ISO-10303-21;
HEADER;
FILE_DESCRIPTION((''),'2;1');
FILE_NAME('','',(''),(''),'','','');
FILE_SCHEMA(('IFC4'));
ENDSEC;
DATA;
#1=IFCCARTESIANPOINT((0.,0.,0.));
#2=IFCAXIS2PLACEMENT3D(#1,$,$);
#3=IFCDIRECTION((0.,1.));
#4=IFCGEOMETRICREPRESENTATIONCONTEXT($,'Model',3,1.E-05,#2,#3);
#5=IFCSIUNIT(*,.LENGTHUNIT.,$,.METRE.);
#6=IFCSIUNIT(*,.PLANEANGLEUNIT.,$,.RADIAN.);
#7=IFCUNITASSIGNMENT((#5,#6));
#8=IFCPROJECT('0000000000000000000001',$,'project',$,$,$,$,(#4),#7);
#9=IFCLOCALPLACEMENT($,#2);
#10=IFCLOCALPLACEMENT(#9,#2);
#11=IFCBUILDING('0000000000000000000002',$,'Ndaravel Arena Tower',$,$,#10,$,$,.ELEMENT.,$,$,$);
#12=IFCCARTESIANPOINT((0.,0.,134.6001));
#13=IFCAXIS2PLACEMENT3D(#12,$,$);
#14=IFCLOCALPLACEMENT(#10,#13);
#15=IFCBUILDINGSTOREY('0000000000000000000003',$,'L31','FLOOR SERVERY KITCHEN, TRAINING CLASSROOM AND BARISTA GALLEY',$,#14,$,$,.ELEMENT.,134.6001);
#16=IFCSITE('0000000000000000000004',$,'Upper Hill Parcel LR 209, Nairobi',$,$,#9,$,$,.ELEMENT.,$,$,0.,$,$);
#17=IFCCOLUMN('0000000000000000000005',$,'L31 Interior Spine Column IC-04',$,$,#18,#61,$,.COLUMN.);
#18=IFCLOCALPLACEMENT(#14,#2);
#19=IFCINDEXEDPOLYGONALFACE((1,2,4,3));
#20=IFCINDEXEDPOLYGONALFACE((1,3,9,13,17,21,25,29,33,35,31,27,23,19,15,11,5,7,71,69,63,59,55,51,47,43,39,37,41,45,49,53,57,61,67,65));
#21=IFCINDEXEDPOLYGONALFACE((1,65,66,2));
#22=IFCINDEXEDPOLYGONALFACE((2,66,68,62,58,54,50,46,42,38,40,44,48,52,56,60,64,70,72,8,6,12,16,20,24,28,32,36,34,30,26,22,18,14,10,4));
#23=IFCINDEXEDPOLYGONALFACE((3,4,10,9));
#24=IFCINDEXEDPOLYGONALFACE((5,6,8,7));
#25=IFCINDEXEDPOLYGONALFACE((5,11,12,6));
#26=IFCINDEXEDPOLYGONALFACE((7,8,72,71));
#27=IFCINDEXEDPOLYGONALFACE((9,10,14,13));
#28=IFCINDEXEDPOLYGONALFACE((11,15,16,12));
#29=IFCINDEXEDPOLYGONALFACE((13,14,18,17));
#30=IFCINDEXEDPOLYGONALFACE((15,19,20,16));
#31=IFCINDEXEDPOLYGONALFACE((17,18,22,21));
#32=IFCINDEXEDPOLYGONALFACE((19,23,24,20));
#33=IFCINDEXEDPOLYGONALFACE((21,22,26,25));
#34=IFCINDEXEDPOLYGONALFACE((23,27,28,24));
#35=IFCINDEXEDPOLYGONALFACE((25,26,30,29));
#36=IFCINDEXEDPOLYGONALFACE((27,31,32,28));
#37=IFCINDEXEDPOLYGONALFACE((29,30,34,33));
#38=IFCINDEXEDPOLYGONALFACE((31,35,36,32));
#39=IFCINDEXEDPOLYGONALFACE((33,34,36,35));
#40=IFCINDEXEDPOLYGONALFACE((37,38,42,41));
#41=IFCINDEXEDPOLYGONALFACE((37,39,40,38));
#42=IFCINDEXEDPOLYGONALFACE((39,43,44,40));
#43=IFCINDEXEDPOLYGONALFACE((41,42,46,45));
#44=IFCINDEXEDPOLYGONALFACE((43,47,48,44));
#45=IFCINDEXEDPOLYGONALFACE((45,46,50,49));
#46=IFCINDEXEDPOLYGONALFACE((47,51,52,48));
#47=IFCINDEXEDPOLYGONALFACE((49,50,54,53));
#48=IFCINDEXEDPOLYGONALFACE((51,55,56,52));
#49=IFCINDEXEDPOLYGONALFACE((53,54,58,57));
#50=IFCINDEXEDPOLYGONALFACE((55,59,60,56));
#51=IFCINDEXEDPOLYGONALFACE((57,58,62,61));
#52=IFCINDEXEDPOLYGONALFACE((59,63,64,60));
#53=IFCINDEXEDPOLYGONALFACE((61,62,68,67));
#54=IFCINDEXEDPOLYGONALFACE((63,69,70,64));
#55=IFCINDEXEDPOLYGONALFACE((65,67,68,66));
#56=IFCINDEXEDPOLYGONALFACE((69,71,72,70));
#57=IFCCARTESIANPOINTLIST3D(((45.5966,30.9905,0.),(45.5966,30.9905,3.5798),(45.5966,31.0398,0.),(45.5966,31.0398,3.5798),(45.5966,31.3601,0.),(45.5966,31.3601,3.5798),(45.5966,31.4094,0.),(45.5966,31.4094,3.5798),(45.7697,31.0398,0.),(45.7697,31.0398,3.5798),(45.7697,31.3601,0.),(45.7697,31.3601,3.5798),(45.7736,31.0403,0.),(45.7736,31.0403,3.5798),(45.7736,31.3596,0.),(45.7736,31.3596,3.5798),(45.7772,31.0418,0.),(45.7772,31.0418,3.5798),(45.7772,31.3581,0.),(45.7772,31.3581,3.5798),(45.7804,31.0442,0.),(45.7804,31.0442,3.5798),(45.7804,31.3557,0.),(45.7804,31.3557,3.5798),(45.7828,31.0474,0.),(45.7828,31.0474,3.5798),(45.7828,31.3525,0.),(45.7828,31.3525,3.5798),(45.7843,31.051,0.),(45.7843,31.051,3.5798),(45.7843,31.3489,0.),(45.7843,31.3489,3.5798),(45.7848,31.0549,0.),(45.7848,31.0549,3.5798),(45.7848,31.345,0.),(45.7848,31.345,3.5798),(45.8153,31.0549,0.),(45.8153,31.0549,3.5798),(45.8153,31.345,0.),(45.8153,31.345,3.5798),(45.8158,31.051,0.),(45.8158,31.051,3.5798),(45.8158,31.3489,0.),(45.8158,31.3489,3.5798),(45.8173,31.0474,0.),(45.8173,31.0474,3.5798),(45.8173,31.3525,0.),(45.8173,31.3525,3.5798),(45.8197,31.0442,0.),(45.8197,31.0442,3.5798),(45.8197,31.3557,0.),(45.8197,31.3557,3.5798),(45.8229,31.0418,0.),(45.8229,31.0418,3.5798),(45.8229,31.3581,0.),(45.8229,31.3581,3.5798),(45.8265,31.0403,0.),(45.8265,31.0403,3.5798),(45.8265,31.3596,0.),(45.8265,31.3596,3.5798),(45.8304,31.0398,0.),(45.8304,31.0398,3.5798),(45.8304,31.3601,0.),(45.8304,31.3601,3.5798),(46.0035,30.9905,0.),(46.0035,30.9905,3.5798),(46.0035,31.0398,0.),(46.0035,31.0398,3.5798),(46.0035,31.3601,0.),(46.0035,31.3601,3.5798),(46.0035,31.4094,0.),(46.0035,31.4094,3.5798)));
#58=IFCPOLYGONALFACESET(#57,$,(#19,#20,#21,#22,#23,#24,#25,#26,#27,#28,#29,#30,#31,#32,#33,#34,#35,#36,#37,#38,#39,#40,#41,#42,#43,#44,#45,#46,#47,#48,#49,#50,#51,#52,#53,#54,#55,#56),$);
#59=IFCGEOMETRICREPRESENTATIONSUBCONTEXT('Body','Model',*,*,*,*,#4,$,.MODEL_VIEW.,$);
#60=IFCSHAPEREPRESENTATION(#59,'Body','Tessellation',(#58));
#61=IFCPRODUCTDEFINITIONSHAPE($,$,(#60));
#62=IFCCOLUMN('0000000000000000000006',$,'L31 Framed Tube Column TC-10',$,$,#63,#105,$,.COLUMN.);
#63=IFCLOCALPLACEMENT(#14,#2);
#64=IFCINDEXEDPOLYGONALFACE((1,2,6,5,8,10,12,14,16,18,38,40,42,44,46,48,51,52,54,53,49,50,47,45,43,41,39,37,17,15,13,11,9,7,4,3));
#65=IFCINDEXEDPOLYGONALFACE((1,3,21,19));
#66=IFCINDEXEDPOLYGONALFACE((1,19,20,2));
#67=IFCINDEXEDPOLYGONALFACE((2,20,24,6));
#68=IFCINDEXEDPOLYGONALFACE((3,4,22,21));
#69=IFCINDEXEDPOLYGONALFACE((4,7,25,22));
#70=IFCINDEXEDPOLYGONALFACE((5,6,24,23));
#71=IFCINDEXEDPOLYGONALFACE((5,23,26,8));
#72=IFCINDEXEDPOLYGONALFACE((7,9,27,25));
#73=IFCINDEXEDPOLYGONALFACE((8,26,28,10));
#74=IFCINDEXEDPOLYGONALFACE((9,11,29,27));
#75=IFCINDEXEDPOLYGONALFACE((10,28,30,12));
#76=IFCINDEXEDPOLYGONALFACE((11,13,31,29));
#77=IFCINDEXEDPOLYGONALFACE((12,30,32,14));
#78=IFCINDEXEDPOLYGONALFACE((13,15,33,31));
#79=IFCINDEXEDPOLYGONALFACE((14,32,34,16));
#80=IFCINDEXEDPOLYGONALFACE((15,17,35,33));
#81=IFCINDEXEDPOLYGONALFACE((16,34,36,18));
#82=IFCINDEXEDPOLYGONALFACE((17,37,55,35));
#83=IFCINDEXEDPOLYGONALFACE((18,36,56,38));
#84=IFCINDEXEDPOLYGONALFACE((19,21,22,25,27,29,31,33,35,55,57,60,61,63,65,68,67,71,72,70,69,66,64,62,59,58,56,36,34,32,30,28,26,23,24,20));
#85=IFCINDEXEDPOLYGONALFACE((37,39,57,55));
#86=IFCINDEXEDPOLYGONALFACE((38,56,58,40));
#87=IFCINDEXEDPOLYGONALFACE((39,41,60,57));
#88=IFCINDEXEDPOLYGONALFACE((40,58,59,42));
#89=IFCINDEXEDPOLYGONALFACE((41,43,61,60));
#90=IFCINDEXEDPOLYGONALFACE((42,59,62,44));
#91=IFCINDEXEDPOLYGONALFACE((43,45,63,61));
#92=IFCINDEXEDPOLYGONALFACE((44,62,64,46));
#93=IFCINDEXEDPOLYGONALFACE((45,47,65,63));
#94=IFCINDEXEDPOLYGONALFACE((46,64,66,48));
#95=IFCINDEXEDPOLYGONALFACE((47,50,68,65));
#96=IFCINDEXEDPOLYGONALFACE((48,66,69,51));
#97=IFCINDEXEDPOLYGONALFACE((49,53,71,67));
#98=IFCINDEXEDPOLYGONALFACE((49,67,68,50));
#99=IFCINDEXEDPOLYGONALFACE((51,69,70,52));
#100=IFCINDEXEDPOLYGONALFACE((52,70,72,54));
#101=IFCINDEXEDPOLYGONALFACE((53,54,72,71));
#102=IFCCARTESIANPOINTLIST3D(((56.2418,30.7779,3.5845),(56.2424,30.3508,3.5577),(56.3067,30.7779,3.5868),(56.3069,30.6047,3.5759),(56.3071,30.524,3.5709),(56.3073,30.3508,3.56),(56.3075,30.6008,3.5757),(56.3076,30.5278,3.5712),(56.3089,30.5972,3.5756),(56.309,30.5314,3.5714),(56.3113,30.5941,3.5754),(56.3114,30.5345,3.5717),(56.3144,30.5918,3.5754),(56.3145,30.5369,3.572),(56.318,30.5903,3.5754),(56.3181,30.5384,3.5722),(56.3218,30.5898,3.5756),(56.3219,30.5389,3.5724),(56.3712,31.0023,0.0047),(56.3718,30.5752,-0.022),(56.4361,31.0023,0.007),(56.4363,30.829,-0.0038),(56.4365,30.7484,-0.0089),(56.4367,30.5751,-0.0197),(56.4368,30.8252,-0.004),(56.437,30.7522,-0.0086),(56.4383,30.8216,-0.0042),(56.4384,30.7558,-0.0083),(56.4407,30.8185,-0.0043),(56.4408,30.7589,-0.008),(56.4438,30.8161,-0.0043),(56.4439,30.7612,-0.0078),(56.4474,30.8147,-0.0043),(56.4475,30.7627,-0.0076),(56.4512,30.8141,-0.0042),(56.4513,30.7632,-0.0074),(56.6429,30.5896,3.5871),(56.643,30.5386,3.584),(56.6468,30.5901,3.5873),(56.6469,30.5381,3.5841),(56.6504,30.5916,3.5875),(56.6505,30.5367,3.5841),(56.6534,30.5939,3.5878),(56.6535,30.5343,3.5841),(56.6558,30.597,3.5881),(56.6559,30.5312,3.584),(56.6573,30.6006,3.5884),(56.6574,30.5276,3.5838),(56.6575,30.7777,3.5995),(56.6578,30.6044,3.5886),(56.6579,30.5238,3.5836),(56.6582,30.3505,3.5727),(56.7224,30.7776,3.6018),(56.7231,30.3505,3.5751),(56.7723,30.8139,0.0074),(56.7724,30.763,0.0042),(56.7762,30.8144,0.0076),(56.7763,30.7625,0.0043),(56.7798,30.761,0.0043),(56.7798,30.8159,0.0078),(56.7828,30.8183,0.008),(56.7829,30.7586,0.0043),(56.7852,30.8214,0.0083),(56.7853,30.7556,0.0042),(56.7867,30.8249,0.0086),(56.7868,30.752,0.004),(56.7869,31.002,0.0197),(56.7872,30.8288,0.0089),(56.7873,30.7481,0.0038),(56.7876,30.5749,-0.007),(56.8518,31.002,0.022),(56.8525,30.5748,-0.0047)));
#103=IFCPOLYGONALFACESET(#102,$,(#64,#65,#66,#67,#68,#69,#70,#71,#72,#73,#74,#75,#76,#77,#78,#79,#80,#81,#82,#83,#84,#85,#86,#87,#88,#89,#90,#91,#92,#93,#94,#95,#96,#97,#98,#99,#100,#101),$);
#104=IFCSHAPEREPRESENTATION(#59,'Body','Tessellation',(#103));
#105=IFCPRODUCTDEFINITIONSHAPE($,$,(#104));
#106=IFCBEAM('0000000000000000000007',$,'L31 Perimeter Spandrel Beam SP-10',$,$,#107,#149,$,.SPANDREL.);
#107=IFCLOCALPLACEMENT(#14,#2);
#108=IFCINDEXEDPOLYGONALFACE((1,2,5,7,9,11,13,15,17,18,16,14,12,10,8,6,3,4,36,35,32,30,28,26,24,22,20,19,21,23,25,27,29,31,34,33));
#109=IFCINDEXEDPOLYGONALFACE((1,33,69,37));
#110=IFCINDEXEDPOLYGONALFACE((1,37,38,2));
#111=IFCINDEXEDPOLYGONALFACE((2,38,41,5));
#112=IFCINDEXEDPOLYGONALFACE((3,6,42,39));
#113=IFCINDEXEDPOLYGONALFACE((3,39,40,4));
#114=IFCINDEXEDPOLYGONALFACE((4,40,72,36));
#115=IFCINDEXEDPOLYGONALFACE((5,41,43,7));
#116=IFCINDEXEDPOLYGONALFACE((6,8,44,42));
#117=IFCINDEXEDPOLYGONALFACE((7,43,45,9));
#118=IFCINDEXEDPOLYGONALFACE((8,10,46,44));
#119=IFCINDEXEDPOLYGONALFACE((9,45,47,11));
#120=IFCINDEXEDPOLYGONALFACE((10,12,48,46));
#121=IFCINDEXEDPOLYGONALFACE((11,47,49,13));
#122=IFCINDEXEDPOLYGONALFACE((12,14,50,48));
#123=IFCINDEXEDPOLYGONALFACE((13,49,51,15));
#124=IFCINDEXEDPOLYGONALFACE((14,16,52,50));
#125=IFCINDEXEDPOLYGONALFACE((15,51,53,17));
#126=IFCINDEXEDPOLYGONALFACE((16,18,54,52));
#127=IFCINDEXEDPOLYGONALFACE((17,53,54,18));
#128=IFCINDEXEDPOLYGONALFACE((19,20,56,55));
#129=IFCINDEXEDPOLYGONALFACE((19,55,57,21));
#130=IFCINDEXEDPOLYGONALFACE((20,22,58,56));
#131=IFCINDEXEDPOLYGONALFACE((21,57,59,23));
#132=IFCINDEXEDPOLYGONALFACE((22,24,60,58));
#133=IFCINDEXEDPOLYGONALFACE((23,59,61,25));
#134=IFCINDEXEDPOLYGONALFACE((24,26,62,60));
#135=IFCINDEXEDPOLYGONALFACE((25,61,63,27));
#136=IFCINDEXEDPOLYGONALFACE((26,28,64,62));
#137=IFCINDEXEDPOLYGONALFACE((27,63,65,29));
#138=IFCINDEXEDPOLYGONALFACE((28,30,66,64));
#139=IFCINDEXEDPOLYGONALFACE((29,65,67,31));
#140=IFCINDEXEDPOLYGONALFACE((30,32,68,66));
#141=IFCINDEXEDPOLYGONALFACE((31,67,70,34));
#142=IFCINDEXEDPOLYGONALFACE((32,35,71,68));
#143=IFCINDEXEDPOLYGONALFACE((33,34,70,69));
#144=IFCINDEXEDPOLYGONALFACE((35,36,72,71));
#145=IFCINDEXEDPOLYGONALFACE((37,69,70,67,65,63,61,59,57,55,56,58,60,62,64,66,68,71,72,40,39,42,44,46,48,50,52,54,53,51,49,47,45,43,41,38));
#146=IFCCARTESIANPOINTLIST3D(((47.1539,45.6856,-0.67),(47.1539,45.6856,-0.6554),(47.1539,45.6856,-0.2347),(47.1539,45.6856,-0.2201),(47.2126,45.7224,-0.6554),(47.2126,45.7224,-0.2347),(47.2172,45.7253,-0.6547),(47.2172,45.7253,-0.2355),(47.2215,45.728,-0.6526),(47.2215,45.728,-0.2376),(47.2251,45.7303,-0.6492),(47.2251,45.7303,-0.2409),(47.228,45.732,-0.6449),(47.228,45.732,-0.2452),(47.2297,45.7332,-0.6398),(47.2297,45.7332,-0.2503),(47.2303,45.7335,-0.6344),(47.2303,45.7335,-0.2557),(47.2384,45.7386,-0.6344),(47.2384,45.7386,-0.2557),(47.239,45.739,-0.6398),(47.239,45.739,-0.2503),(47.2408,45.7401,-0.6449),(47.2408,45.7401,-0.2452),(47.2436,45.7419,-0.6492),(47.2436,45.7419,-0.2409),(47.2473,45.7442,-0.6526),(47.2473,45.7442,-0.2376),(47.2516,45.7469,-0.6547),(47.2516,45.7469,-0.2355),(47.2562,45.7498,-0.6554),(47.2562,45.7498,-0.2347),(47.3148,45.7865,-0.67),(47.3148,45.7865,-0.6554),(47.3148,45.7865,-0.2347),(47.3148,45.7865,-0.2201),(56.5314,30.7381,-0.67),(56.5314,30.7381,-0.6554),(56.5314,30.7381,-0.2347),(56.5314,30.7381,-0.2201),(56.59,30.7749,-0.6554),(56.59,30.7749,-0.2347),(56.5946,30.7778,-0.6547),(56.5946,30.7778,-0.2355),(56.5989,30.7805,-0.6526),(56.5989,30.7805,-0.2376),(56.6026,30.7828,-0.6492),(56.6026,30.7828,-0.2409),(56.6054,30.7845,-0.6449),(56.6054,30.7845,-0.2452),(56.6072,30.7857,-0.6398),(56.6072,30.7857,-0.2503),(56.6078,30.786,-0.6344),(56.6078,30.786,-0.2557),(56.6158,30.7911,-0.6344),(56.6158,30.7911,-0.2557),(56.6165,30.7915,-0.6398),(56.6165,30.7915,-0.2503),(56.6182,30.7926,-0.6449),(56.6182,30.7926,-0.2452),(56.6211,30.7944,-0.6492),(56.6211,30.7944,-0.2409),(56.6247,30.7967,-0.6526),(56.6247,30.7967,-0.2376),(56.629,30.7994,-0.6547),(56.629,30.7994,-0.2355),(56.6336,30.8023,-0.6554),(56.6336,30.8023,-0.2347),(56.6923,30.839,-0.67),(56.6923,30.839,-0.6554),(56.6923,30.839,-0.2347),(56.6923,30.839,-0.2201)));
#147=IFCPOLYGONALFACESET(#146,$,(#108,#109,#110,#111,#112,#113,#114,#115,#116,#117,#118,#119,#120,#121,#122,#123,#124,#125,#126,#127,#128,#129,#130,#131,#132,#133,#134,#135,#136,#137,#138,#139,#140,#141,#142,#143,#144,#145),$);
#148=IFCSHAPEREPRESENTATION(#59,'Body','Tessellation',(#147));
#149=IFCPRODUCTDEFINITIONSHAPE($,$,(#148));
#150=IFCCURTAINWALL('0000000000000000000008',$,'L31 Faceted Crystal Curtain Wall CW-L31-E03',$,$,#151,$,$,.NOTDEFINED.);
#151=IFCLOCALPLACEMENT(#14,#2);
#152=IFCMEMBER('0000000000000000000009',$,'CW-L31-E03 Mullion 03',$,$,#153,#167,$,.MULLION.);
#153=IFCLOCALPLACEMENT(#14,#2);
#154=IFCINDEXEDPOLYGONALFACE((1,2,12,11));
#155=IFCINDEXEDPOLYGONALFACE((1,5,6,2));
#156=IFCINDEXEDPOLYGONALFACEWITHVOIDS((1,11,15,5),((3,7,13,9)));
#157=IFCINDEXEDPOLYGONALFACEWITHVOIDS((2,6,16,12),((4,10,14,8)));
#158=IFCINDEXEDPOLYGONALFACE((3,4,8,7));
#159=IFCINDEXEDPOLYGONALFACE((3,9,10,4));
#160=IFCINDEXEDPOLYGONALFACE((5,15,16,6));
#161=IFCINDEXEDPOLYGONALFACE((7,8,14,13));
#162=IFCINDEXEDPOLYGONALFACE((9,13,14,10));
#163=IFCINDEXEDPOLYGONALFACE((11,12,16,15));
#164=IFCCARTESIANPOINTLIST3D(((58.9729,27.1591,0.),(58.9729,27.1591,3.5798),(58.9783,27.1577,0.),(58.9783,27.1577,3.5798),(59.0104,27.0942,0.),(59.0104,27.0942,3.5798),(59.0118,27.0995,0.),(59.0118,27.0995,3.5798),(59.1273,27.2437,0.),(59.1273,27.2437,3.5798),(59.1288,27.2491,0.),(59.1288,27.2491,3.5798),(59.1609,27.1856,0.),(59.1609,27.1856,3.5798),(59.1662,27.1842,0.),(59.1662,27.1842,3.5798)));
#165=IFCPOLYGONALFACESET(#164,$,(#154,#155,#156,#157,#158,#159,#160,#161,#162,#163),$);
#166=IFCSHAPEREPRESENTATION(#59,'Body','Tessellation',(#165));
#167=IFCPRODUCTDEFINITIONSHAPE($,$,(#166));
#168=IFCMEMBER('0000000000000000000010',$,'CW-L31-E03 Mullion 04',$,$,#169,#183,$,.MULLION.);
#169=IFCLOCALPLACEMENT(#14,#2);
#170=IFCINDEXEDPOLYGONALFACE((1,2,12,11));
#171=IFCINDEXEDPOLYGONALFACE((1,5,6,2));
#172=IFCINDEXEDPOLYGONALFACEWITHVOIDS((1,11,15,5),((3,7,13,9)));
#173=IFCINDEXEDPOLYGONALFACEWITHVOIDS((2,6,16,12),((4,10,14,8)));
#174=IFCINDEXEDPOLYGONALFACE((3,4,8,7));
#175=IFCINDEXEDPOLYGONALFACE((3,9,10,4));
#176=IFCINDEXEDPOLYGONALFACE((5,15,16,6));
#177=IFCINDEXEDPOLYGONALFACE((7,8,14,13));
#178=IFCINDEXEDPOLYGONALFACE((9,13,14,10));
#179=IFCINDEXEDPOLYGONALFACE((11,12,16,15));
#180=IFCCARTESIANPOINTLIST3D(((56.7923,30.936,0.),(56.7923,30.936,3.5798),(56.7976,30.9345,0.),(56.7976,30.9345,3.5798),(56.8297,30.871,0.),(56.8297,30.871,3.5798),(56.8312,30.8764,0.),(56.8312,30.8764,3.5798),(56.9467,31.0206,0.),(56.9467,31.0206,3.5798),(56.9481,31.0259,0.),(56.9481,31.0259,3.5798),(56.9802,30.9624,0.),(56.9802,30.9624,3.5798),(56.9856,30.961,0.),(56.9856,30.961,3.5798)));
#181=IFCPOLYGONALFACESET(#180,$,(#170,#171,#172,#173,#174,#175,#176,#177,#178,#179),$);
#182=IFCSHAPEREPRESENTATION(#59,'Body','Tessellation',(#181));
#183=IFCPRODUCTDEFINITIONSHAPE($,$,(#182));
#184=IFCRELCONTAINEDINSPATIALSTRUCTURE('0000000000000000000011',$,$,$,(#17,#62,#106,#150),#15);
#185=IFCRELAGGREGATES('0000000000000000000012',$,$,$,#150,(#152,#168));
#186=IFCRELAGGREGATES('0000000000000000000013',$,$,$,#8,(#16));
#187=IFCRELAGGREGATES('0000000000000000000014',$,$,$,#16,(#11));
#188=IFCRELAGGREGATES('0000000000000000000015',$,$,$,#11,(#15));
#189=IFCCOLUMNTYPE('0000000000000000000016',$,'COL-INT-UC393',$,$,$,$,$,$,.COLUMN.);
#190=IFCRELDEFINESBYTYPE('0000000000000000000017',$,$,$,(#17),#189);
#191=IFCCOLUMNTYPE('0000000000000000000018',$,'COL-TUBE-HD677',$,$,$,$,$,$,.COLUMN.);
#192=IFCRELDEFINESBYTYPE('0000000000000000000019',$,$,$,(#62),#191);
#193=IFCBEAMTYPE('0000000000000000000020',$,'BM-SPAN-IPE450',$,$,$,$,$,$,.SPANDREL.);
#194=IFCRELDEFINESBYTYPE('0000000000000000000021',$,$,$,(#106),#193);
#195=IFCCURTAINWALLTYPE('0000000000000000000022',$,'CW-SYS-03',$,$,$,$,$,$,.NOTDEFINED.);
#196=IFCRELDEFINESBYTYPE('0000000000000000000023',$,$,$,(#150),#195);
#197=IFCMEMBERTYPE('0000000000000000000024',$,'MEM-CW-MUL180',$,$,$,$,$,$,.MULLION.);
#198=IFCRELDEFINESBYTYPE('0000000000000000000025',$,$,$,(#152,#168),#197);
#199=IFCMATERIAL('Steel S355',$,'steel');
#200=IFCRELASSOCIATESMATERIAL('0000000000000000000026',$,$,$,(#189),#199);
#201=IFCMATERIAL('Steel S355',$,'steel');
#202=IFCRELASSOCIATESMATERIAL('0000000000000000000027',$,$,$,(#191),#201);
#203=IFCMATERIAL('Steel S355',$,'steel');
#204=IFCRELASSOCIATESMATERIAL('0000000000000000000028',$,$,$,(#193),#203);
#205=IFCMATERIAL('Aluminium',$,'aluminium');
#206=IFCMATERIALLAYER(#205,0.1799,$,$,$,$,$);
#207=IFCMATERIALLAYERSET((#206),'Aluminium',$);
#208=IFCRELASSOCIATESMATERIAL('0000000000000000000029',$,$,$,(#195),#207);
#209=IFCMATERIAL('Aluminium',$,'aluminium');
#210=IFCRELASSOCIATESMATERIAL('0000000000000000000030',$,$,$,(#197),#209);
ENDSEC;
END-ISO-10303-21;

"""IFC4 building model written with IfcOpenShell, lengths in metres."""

from ifc_helpers import new_model, si_unit, direction, frame, origin, origin_2d, place, context, subcontext, project, spatial, hollow_rectangle, i_section, extrude, material, layer, layer_set, material_profile, profile_set, type_object, element, aggregate, save


model = new_model("IFC4")

# Units and contexts
model_context = context("Model", 3, precision=1e-05, world=origin(), true_north=direction((0.0, 1.0)))
body_context = subcontext(model_context, "Body", "Model", "MODEL_VIEW")
ifc_project = project(units=[si_unit("LENGTHUNIT", "METRE"), si_unit("PLANEANGLEUNIT", "RADIAN")], contexts=[model_context])

# Site, building, storey
site_placement = place(None, origin())
site = spatial("IfcSite", under=ifc_project, at=site_placement, Name="Upper Hill Parcel LR 209, Nairobi", CompositionType="ELEMENT", RefElevation=0.0)
building_placement = place(site_placement, origin())
building = spatial("IfcBuilding", under=site, at=building_placement, Name="Ndaravel Arena Tower", CompositionType="ELEMENT")
storey_placement = place(building_placement, frame((0.0, 0.0, 134.6001)))
storey = spatial("IfcBuildingStorey", under=building, at=storey_placement, Name="L31", Description="FLOOR SERVERY KITCHEN, TRAINING CLASSROOM AND BARISTA GALLEY", CompositionType="ELEMENT", Elevation=134.6001)

# Columns
ifc_material_1 = material(Name="Steel S355", Category="steel")
ifc_material_profile_1 = material_profile(ifc_material_1, i_section(OverallWidth=0.407, OverallDepth=0.4189, WebThickness=0.0305, FlangeThickness=0.0493, FilletRadius=0.0151, at=origin_2d()), Name="UC 356x406x393")
ifc_profile_set_1 = profile_set([ifc_material_profile_1], Name="Steel S355")
column_type_1 = type_object("IfcColumnType", Name="COL-INT-UC393", PredefinedType="COLUMN", material=ifc_profile_set_1)
column_1_placement = place(storey_placement, frame((45.8, 31.2, 0.0), z_axis=(0.0, 0.0, 1.0), x_axis=(1.0, 0.0, 0.0)))
element("IfcColumn", 1, at=column_1_placement, inside=storey, type_object=column_type_1, Name="L31 Interior Spine Column IC-04", PredefinedType="COLUMN", context=body_context, shape_type="SweptSolid", body=[
    extrude(i_section(OverallWidth=0.407, OverallDepth=0.4189, WebThickness=0.0305, FlangeThickness=0.0493, FilletRadius=0.0151, at=origin_2d()), origin(), (0.0, 0.0, 1.0), 3.5798),
])
ifc_material_2 = material(Name="Steel S355", Category="steel")
ifc_material_profile_2 = material_profile(ifc_material_2, i_section(OverallWidth=0.428, OverallDepth=0.481, WebThickness=0.051, FlangeThickness=0.0649, FilletRadius=0.0149, at=origin_2d()), Name="HD 400x677")
ifc_profile_set_2 = profile_set([ifc_material_profile_2], Name="Steel S355")
column_type_2 = type_object("IfcColumnType", Name="COL-TUBE-HD677", PredefinedType="COLUMN", material=ifc_profile_set_2)
column_2_placement = place(storey_placement, frame((56.6118, 30.7886, 0.0), z_axis=(-0.036051, -0.062511, 0.997393), x_axis=(-0.001605, 0.998044, 0.062494)))
element("IfcColumn", 2, at=column_2_placement, inside=storey, type_object=column_type_2, Name="L31 Framed Tube Column TC-10", PredefinedType="COLUMN", context=body_context, shape_type="SweptSolid", body=[
    extrude(i_section(OverallWidth=0.428, OverallDepth=0.481, WebThickness=0.051, FlangeThickness=0.0649, FilletRadius=0.0149, at=origin_2d()), origin(), (0.0, 0.0, 1.0), 3.5891),
])

# Beam
ifc_material_3 = material(Name="Steel S355", Category="steel")
ifc_material_profile_3 = material_profile(ifc_material_3, i_section(OverallWidth=0.1899, OverallDepth=0.45, WebThickness=0.0095, FlangeThickness=0.0146, FilletRadius=0.021, at=origin_2d()), Name="IPE 450")
ifc_profile_set_3 = profile_set([ifc_material_profile_3], Name="Steel S355")
beam_type = type_object("IfcBeamType", Name="BM-SPAN-IPE450", PredefinedType="SPANDREL", material=ifc_profile_set_3)
beam_placement = place(storey_placement, frame((56.6118, 30.7886, -0.4451), z_axis=(-0.531435, 0.847099, 0.0), x_axis=(-0.847099, -0.531435, 0.0)))
element("IfcBeam", 3, at=beam_placement, inside=storey, type_object=beam_type, Name="L31 Perimeter Spandrel Beam SP-10", PredefinedType="SPANDREL", context=body_context, shape_type="SweptSolid", body=[
    extrude(i_section(OverallWidth=0.1899, OverallDepth=0.45, WebThickness=0.0095, FlangeThickness=0.0146, FilletRadius=0.021, at=origin_2d()), origin(), (0.0, 0.0, 1.0), 17.6455),
])

# Curtain wall, members
ifc_material_4 = material(Name="Aluminium", Category="aluminium")
ifc_layer_1 = layer(ifc_material_4, 0.1799)
ifc_layer_set_1 = layer_set([ifc_layer_1], Name="Aluminium")
curtain_wall_type = type_object("IfcCurtainWallType", Name="CW-SYS-03", PredefinedType="NOTDEFINED", material=ifc_layer_set_1)
curtain_wall_placement = place(storey_placement, origin())
curtain_wall = element("IfcCurtainWall", 4, at=curtain_wall_placement, inside=storey, type_object=curtain_wall_type, Name="L31 Faceted Crystal Curtain Wall CW-L31-E03", PredefinedType="NOTDEFINED")
ifc_material_5 = material(Name="Aluminium", Category="aluminium")
ifc_material_profile_4 = material_profile(ifc_material_5, hollow_rectangle(XDim=0.075, YDim=0.1799, WallThickness=0.0039, at=origin_2d()), Name="CW MULLION 75x180x4")
ifc_profile_set_4 = profile_set([ifc_material_profile_4], Name="Aluminium")
member_type = type_object("IfcMemberType", Name="MEM-CW-MUL180", PredefinedType="MULLION", material=ifc_profile_set_4)
member_1_placement = place(storey_placement, frame((59.0696, 27.1716, 0.0), z_axis=(0.0, 0.0, 1.0), x_axis=(-0.5, 0.866025, 0.0)))
member_1 = element("IfcMember", 5, at=member_1_placement, type_object=member_type, Name="CW-L31-E03 Mullion 03", PredefinedType="MULLION", context=body_context, shape_type="SweptSolid", body=[
    extrude(hollow_rectangle(XDim=0.075, YDim=0.1799, WallThickness=0.0039, at=origin_2d()), origin(), (0.0, 0.0, 1.0), 3.5798),
])
member_2_placement = place(storey_placement, frame((56.8889, 30.9485, 0.0), z_axis=(0.0, 0.0, 1.0), x_axis=(-0.5, 0.866025, 0.0)))
member_2 = element("IfcMember", 6, at=member_2_placement, type_object=member_type, Name="CW-L31-E03 Mullion 04", PredefinedType="MULLION", context=body_context, shape_type="SweptSolid", body=[
    extrude(hollow_rectangle(XDim=0.075, YDim=0.1799, WallThickness=0.0039, at=origin_2d()), origin(), (0.0, 0.0, 1.0), 3.5798),
])
aggregate(curtain_wall, [member_1, member_2])

save(model, "model.ifc")
